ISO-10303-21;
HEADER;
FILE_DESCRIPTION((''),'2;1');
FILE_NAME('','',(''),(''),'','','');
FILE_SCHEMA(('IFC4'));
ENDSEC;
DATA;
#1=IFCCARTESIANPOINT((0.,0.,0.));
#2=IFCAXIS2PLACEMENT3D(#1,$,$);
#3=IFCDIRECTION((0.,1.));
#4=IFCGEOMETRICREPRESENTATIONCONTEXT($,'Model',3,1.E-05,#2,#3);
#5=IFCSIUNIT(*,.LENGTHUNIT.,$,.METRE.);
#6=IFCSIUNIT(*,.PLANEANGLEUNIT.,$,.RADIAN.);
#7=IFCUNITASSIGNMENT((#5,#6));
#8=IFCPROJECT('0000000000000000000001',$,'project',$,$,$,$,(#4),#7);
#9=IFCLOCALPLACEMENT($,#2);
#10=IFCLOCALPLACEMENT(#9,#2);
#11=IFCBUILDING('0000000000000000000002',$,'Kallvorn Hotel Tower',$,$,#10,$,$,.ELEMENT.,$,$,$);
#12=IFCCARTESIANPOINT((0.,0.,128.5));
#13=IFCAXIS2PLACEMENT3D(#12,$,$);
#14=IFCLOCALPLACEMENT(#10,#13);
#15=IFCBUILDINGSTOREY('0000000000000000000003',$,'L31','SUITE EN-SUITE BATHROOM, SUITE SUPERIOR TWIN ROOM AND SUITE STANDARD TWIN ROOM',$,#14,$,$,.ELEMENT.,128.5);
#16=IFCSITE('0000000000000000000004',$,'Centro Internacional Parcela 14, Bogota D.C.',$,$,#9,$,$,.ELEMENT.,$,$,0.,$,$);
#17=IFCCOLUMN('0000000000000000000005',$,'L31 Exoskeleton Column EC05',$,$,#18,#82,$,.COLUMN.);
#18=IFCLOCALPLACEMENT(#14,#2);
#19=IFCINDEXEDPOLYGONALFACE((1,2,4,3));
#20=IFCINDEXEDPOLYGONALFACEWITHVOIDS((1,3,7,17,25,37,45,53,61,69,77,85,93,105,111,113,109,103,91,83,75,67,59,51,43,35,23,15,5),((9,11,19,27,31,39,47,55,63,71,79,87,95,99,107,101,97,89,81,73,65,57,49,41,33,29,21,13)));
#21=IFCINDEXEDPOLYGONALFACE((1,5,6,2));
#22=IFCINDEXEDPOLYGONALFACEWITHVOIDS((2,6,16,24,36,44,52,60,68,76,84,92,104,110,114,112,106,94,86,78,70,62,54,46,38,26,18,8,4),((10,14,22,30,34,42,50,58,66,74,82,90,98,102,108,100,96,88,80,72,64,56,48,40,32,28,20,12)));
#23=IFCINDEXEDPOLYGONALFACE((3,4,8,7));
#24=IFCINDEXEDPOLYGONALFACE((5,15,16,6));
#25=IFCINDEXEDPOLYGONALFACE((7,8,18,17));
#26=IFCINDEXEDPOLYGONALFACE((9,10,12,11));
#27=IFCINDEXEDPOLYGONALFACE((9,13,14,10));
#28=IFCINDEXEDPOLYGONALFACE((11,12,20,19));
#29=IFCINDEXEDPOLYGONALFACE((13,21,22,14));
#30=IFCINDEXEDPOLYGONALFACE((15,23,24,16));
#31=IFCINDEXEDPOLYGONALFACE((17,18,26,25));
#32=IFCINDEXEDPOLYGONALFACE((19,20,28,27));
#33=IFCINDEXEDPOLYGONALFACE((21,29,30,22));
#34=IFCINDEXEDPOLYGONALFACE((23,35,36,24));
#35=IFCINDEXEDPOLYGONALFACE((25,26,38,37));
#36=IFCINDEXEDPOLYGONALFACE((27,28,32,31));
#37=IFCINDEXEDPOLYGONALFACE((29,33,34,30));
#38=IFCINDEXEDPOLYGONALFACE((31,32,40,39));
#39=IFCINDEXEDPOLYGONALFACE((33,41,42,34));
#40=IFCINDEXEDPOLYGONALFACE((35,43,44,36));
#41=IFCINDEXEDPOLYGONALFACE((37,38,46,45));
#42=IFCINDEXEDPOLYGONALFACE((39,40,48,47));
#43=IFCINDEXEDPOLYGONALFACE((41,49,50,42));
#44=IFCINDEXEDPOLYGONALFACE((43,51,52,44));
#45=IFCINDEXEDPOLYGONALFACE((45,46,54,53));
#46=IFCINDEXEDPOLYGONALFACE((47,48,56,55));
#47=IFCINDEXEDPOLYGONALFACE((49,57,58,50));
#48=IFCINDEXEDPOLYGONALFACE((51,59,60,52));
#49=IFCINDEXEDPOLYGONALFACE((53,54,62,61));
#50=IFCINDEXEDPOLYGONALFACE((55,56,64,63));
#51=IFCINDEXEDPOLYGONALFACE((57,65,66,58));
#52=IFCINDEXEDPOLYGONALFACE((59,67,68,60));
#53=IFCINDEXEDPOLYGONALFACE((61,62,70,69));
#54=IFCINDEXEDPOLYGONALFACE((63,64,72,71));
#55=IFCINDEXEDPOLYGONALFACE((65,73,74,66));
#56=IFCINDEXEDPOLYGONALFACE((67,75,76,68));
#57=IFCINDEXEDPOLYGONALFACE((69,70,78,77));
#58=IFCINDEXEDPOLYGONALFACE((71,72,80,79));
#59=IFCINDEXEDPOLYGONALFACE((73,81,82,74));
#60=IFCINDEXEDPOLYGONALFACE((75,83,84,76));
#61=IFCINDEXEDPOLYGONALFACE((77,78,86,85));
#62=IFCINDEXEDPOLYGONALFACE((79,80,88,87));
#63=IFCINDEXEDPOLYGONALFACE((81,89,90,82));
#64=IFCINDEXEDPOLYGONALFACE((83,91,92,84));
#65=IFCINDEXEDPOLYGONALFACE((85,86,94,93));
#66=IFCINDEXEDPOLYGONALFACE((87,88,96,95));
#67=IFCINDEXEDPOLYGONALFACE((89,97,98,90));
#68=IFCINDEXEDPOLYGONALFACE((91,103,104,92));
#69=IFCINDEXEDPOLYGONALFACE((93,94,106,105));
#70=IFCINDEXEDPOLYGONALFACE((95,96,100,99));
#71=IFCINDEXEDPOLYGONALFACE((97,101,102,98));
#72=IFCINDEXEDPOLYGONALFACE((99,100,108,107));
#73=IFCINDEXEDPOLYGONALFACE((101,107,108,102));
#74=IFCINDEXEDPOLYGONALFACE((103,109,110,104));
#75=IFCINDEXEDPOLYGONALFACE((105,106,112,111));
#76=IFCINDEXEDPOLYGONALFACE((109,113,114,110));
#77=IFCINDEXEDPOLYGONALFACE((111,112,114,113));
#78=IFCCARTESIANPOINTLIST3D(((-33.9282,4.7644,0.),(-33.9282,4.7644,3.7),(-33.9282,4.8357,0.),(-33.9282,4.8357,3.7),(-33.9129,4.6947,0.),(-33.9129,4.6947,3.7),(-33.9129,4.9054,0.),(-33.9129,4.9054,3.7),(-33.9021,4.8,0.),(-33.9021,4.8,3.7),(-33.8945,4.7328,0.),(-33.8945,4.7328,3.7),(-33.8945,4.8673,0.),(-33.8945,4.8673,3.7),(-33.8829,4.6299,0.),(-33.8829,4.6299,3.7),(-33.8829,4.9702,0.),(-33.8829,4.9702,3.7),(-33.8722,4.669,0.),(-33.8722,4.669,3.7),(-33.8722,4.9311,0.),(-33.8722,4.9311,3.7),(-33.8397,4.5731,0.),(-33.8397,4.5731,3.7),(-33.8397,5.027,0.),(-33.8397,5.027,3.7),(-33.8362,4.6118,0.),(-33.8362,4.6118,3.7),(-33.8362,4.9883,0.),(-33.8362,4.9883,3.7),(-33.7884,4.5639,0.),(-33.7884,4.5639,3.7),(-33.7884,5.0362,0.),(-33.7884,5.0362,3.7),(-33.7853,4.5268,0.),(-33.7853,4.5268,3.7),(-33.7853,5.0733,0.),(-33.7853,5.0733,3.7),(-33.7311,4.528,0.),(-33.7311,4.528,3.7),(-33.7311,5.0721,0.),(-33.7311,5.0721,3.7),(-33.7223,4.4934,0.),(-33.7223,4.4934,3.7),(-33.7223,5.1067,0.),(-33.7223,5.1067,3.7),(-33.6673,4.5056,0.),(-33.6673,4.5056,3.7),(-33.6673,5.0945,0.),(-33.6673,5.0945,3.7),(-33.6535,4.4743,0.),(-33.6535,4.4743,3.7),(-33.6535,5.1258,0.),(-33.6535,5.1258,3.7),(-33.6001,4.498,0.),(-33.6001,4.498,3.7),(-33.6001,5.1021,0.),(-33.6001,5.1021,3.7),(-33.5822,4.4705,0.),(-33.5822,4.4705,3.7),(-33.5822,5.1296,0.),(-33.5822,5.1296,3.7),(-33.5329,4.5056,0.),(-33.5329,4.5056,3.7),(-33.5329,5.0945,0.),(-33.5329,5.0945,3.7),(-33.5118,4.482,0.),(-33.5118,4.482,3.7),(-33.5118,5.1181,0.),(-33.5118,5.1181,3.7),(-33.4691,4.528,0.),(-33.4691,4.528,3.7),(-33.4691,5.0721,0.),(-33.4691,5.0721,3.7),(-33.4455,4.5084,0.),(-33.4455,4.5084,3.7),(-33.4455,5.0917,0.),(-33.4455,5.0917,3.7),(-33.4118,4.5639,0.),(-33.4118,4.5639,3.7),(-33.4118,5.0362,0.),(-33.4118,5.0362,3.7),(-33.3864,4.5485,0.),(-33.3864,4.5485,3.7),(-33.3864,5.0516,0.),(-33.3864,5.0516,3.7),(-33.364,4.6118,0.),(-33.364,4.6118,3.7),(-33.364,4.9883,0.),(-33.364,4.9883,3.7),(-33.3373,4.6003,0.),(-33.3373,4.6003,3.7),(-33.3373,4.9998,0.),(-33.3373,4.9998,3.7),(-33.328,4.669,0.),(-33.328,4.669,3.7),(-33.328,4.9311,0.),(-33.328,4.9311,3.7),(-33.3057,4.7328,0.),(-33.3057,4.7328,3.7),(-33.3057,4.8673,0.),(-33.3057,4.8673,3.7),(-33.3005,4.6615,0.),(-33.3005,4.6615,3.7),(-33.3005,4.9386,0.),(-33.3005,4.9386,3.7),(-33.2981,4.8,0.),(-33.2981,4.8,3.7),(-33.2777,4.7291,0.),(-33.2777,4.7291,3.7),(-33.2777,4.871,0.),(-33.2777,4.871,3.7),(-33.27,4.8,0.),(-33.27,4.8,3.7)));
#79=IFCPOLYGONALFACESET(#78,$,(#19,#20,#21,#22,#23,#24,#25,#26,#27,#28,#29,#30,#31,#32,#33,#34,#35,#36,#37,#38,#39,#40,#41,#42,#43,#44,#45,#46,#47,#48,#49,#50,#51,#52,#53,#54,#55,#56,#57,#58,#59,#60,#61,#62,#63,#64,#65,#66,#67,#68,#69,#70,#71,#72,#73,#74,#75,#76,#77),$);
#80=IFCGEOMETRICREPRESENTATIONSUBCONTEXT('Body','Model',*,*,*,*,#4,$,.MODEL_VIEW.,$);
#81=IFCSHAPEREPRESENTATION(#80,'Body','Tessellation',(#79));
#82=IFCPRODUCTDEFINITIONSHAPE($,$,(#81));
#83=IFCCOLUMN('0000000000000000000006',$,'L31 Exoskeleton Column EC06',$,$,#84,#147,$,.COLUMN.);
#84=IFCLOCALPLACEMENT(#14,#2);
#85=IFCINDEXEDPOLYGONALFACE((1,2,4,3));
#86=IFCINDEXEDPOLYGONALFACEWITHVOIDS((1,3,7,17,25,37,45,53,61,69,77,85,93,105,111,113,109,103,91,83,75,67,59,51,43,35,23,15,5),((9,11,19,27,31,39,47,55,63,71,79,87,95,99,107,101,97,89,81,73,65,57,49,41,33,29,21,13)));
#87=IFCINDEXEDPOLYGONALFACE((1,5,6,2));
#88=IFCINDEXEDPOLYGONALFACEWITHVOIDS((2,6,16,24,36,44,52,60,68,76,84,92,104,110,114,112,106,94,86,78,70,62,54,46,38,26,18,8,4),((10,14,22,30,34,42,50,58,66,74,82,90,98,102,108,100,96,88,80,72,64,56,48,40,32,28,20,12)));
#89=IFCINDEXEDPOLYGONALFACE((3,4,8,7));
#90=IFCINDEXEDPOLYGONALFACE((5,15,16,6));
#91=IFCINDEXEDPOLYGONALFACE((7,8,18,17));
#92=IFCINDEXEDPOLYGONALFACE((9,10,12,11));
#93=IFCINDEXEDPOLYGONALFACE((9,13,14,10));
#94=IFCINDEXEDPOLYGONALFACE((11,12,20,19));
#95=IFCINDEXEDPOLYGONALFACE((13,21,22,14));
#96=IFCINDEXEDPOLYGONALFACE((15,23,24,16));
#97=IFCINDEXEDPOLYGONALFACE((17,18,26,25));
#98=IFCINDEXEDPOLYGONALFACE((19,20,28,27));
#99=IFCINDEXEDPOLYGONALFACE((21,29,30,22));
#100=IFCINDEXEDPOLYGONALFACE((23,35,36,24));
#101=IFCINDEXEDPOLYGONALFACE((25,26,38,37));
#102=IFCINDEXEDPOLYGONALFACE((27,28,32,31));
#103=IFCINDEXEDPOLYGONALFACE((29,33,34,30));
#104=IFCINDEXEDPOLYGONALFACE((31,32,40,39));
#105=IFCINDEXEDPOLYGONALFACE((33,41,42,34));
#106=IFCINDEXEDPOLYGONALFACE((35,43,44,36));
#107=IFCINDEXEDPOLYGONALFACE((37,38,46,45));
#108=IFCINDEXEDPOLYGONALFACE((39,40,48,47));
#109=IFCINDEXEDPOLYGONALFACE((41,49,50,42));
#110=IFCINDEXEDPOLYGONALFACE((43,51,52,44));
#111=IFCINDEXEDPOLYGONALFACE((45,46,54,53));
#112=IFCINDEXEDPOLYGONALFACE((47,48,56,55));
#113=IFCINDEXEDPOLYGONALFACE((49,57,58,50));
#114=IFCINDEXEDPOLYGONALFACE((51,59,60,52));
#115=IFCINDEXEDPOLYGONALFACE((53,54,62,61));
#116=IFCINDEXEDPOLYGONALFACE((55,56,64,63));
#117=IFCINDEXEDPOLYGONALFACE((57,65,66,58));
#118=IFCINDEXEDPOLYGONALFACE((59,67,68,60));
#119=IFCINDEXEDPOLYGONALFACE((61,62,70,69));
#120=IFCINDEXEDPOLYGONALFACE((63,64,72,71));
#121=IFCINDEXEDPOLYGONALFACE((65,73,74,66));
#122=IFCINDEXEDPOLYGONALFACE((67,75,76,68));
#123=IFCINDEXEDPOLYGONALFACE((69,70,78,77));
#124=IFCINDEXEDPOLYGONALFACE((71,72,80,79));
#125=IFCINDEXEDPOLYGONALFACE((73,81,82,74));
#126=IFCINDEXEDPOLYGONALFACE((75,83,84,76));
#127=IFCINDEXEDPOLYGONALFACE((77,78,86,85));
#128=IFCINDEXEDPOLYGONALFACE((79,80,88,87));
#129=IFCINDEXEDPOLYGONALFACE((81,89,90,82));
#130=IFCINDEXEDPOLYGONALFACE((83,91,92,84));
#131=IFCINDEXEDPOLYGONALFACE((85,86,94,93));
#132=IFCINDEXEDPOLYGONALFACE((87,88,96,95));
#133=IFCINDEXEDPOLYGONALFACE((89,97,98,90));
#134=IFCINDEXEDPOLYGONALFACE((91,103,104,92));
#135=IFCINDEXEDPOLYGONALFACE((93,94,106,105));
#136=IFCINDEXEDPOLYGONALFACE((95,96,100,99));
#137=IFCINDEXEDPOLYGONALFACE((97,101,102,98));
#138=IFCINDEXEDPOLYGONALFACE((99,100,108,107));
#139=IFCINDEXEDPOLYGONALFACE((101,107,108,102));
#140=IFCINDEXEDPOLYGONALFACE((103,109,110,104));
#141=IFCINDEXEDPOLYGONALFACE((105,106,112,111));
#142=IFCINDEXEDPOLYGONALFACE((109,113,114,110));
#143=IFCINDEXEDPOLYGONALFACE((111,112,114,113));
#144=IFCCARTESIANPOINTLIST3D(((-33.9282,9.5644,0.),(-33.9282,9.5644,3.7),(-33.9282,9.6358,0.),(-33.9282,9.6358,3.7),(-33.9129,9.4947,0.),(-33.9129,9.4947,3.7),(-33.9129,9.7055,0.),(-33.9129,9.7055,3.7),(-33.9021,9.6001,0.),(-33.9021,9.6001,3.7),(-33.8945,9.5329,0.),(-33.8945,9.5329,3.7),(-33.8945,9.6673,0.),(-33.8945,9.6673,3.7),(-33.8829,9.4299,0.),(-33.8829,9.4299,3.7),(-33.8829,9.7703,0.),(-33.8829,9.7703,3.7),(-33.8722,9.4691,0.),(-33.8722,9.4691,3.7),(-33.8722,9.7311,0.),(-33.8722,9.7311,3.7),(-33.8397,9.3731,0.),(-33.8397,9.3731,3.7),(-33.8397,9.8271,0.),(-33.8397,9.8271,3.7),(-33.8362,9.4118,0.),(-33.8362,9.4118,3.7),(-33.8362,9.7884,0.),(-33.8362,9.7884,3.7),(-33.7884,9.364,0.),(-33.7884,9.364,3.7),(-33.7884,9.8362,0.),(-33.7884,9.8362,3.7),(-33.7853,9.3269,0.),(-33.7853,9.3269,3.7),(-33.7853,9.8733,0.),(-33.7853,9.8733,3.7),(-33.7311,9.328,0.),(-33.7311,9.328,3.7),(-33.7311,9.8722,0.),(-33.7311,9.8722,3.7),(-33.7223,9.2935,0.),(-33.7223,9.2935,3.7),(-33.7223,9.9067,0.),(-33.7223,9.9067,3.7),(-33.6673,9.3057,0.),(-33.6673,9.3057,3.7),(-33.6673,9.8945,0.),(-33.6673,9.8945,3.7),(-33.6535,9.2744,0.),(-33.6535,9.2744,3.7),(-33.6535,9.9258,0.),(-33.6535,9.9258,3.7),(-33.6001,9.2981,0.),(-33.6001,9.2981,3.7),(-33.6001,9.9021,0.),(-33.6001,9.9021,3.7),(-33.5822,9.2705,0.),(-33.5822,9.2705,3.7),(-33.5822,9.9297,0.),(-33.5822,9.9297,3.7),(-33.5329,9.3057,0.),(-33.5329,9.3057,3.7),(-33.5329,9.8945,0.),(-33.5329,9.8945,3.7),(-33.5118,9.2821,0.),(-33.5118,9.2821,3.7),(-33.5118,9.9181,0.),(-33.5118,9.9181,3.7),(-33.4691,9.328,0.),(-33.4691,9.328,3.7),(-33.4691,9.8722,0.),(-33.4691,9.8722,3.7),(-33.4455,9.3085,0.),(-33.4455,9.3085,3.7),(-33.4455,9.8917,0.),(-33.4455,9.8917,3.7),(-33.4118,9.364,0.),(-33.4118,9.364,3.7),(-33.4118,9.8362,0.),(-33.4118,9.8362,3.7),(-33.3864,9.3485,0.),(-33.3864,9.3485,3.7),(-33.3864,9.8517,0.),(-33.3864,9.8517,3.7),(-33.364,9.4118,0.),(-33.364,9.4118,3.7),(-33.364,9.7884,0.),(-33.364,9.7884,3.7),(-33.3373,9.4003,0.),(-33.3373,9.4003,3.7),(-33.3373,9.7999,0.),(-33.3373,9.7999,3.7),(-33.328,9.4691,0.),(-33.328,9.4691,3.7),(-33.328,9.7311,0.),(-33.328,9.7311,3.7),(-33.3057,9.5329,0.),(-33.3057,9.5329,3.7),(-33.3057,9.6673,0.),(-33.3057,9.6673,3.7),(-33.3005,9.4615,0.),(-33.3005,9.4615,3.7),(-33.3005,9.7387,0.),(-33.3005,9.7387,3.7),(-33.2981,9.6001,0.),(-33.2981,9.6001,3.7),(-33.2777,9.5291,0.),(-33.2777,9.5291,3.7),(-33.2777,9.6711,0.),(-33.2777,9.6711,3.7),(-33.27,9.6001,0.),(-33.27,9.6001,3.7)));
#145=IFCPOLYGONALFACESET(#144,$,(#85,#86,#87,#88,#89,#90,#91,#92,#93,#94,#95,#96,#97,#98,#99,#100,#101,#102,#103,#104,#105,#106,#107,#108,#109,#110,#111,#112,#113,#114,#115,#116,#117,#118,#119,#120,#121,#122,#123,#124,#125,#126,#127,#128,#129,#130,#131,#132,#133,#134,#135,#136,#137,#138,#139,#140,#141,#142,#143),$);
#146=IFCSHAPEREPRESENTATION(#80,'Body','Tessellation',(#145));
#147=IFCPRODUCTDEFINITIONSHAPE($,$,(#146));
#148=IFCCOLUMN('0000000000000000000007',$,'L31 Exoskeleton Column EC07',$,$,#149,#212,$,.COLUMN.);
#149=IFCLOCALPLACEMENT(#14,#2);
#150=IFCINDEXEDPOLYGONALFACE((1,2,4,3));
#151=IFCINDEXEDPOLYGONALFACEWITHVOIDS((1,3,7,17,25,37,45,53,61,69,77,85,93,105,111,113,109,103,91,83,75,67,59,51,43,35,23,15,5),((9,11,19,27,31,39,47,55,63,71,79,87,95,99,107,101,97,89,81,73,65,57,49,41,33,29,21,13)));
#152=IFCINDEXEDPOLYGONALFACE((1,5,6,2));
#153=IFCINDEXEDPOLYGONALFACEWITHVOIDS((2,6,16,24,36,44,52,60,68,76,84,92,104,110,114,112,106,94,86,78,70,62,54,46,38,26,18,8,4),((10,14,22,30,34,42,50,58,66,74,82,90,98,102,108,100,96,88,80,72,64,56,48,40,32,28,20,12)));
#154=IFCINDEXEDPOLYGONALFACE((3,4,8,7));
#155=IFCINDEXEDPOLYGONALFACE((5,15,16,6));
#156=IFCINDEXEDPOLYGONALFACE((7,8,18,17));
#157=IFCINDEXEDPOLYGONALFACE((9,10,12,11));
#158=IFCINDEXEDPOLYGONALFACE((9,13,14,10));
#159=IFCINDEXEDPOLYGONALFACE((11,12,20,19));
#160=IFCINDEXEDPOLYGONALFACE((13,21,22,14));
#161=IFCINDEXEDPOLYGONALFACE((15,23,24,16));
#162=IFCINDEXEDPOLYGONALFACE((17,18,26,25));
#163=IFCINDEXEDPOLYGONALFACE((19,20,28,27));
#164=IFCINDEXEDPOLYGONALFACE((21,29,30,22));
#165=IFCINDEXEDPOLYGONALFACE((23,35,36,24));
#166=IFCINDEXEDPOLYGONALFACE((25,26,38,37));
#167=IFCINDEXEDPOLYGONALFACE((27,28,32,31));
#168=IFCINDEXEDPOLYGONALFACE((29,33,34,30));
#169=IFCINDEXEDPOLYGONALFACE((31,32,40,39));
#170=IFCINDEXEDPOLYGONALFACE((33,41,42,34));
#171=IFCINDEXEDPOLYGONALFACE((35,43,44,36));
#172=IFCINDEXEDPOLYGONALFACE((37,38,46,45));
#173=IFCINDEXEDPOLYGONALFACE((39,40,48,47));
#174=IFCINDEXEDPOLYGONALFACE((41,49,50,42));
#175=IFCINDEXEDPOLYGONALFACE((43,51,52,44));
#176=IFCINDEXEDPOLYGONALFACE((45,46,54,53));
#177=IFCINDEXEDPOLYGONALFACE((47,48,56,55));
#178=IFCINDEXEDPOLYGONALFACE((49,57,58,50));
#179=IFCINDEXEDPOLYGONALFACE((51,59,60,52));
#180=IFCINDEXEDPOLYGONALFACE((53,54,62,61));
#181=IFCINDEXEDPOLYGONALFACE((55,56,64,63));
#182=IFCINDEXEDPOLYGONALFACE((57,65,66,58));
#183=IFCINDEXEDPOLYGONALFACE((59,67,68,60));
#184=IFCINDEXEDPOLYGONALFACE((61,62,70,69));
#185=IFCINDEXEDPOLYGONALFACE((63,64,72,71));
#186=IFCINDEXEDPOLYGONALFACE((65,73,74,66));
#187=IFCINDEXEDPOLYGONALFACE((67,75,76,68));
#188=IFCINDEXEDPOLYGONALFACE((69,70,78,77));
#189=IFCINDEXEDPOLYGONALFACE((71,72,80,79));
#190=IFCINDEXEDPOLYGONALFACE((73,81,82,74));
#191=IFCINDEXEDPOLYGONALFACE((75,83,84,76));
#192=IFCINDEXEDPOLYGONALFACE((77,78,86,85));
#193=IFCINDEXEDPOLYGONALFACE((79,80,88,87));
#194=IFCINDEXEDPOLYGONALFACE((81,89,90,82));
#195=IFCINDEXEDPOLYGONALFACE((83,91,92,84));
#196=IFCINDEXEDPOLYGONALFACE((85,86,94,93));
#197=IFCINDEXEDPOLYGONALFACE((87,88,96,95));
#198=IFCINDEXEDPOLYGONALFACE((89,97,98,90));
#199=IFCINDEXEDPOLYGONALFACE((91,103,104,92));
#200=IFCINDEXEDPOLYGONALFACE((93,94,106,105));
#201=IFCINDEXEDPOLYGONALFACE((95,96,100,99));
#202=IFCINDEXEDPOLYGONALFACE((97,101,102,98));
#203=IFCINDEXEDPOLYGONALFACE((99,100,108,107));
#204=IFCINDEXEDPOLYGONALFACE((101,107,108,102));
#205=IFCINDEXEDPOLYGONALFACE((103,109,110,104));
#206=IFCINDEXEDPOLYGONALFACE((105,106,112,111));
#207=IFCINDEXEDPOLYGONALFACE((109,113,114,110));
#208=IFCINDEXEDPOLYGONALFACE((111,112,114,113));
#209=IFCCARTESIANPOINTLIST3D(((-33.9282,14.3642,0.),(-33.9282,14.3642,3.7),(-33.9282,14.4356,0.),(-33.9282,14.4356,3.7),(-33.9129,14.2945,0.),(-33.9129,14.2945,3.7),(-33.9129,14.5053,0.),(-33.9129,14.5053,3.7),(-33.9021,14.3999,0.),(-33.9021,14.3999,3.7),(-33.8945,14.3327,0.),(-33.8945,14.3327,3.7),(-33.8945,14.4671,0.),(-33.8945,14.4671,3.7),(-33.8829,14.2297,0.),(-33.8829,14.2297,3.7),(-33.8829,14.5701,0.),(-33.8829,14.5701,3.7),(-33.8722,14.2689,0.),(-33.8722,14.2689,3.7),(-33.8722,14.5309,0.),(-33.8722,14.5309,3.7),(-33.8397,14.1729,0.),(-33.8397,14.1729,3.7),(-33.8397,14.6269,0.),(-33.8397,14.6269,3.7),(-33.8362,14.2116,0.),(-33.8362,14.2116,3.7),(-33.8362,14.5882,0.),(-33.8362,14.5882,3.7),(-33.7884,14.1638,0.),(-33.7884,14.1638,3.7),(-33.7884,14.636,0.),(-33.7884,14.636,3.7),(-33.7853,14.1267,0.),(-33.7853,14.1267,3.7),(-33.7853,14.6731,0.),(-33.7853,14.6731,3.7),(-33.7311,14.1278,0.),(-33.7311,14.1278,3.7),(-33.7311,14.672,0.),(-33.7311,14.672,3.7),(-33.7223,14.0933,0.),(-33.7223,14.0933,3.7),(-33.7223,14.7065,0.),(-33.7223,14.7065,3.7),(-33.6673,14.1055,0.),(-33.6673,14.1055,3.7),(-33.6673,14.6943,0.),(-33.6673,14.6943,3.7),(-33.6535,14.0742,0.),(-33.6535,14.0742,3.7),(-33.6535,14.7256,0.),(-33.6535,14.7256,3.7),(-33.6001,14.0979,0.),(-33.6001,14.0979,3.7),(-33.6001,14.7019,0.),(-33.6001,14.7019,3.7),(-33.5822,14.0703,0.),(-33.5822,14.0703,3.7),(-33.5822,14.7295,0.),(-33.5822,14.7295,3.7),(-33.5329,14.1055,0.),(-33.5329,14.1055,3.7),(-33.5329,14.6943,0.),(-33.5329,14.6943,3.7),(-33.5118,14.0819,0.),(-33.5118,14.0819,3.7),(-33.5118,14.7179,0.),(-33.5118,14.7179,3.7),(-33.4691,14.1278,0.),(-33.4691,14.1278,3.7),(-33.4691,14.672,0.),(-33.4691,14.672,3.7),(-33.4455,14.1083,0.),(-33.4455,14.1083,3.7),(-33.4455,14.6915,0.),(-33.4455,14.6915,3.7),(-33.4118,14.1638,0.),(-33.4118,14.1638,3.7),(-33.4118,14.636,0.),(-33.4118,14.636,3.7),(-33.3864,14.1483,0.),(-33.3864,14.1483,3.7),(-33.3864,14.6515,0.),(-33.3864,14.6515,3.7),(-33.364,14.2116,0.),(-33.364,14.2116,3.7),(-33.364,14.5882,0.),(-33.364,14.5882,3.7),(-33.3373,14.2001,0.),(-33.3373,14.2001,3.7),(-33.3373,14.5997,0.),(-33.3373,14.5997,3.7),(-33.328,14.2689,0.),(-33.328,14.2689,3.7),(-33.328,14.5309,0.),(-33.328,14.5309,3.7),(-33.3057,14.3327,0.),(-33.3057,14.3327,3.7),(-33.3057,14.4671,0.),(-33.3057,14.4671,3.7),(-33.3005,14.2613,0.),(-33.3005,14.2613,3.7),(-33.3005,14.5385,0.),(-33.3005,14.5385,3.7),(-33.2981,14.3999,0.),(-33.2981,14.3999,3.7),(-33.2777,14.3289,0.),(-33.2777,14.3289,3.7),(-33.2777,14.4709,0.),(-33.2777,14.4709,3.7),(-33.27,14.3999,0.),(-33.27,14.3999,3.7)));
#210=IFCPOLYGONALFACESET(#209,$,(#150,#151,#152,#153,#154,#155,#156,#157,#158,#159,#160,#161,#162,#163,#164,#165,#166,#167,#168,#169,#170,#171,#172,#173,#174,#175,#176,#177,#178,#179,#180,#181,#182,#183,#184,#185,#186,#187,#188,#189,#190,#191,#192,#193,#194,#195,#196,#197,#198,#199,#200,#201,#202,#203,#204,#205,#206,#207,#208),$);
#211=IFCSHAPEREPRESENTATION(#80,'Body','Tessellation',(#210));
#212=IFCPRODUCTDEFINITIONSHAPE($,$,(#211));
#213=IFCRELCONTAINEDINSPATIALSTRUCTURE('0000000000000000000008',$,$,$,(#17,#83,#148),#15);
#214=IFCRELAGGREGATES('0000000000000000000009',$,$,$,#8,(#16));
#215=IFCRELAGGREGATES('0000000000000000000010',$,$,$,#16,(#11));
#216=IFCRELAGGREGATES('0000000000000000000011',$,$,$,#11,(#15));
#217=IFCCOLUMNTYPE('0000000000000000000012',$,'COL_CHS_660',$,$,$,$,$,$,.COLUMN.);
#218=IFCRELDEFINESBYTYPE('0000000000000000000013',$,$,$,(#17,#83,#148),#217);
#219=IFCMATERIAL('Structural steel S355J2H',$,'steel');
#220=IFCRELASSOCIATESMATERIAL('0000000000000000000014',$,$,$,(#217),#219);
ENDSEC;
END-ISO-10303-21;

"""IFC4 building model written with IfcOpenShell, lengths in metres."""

from ifc_helpers import new_model, si_unit, direction, frame, origin, origin_2d, place, context, subcontext, project, spatial, hollow_circle, extrude, material, material_profile, profile_set, type_object, element, save


model = new_model("IFC4")

# Units and contexts
model_context = context("Model", 3, precision=1e-05, world=origin(), true_north=direction((0.0, 1.0)))
body_context = subcontext(model_context, "Body", "Model", "MODEL_VIEW")
ifc_project = project(units=[si_unit("LENGTHUNIT", "METRE"), si_unit("PLANEANGLEUNIT", "RADIAN")], contexts=[model_context])

# Site, building, storey
site_placement = place(None, origin())
site = spatial("IfcSite", under=ifc_project, at=site_placement, Name="Centro Internacional Parcela 14, Bogota D.C.", CompositionType="ELEMENT", RefElevation=0.0)
building_placement = place(site_placement, origin())
building = spatial("IfcBuilding", under=site, at=building_placement, Name="Kallvorn Hotel Tower", CompositionType="ELEMENT")
storey_placement = place(building_placement, frame((0.0, 0.0, 128.5)))
storey = spatial("IfcBuildingStorey", under=building, at=storey_placement, Name="L31", Description="SUITE EN-SUITE BATHROOM, SUITE SUPERIOR TWIN ROOM AND SUITE STANDARD TWIN ROOM", CompositionType="ELEMENT", Elevation=128.5)

# Columns
ifc_material_1 = material(Name="Structural steel S355J2H", Category="steel")
ifc_material_profile_1 = material_profile(ifc_material_1, hollow_circle(Radius=0.3301, WallThickness=0.0281, at=origin_2d()), Name="CHS 660x28")
ifc_profile_set_1 = profile_set([ifc_material_profile_1], Name="Structural steel S355J2H")
column_type_1 = type_object("IfcColumnType", Name="COL_CHS_660", PredefinedType="COLUMN", material=ifc_profile_set_1)
for number, where, z_axis, x_axis, name in (
    (1, (-33.6001, 4.8, 0.0), (0.0, 0.0, 1.0), (1.0, 0.0, 0.0), "L31 Exoskeleton Column EC05"),
    (2, (-33.6001, 9.6001, 0.0), (0.0, 0.0, 1.0), (1.0, 0.0, 0.0), "L31 Exoskeleton Column EC06"),
    (3, (-33.6001, 14.3999, 0.0), (0.0, 0.0, 1.0), (1.0, 0.0, 0.0), "L31 Exoskeleton Column EC07"),
):
    element("IfcColumn", number, at=place(storey_placement, frame(where, z_axis=z_axis, x_axis=x_axis)), inside=storey, type_object=column_type_1, Name=name, PredefinedType="COLUMN", context=body_context, shape_type="SweptSolid", body=[
        extrude(hollow_circle(Radius=0.3301, WallThickness=0.0281, at=origin_2d()), origin(), (0.0, 0.0, 1.0), 3.7),
    ])

save(model, "model.ifc")
